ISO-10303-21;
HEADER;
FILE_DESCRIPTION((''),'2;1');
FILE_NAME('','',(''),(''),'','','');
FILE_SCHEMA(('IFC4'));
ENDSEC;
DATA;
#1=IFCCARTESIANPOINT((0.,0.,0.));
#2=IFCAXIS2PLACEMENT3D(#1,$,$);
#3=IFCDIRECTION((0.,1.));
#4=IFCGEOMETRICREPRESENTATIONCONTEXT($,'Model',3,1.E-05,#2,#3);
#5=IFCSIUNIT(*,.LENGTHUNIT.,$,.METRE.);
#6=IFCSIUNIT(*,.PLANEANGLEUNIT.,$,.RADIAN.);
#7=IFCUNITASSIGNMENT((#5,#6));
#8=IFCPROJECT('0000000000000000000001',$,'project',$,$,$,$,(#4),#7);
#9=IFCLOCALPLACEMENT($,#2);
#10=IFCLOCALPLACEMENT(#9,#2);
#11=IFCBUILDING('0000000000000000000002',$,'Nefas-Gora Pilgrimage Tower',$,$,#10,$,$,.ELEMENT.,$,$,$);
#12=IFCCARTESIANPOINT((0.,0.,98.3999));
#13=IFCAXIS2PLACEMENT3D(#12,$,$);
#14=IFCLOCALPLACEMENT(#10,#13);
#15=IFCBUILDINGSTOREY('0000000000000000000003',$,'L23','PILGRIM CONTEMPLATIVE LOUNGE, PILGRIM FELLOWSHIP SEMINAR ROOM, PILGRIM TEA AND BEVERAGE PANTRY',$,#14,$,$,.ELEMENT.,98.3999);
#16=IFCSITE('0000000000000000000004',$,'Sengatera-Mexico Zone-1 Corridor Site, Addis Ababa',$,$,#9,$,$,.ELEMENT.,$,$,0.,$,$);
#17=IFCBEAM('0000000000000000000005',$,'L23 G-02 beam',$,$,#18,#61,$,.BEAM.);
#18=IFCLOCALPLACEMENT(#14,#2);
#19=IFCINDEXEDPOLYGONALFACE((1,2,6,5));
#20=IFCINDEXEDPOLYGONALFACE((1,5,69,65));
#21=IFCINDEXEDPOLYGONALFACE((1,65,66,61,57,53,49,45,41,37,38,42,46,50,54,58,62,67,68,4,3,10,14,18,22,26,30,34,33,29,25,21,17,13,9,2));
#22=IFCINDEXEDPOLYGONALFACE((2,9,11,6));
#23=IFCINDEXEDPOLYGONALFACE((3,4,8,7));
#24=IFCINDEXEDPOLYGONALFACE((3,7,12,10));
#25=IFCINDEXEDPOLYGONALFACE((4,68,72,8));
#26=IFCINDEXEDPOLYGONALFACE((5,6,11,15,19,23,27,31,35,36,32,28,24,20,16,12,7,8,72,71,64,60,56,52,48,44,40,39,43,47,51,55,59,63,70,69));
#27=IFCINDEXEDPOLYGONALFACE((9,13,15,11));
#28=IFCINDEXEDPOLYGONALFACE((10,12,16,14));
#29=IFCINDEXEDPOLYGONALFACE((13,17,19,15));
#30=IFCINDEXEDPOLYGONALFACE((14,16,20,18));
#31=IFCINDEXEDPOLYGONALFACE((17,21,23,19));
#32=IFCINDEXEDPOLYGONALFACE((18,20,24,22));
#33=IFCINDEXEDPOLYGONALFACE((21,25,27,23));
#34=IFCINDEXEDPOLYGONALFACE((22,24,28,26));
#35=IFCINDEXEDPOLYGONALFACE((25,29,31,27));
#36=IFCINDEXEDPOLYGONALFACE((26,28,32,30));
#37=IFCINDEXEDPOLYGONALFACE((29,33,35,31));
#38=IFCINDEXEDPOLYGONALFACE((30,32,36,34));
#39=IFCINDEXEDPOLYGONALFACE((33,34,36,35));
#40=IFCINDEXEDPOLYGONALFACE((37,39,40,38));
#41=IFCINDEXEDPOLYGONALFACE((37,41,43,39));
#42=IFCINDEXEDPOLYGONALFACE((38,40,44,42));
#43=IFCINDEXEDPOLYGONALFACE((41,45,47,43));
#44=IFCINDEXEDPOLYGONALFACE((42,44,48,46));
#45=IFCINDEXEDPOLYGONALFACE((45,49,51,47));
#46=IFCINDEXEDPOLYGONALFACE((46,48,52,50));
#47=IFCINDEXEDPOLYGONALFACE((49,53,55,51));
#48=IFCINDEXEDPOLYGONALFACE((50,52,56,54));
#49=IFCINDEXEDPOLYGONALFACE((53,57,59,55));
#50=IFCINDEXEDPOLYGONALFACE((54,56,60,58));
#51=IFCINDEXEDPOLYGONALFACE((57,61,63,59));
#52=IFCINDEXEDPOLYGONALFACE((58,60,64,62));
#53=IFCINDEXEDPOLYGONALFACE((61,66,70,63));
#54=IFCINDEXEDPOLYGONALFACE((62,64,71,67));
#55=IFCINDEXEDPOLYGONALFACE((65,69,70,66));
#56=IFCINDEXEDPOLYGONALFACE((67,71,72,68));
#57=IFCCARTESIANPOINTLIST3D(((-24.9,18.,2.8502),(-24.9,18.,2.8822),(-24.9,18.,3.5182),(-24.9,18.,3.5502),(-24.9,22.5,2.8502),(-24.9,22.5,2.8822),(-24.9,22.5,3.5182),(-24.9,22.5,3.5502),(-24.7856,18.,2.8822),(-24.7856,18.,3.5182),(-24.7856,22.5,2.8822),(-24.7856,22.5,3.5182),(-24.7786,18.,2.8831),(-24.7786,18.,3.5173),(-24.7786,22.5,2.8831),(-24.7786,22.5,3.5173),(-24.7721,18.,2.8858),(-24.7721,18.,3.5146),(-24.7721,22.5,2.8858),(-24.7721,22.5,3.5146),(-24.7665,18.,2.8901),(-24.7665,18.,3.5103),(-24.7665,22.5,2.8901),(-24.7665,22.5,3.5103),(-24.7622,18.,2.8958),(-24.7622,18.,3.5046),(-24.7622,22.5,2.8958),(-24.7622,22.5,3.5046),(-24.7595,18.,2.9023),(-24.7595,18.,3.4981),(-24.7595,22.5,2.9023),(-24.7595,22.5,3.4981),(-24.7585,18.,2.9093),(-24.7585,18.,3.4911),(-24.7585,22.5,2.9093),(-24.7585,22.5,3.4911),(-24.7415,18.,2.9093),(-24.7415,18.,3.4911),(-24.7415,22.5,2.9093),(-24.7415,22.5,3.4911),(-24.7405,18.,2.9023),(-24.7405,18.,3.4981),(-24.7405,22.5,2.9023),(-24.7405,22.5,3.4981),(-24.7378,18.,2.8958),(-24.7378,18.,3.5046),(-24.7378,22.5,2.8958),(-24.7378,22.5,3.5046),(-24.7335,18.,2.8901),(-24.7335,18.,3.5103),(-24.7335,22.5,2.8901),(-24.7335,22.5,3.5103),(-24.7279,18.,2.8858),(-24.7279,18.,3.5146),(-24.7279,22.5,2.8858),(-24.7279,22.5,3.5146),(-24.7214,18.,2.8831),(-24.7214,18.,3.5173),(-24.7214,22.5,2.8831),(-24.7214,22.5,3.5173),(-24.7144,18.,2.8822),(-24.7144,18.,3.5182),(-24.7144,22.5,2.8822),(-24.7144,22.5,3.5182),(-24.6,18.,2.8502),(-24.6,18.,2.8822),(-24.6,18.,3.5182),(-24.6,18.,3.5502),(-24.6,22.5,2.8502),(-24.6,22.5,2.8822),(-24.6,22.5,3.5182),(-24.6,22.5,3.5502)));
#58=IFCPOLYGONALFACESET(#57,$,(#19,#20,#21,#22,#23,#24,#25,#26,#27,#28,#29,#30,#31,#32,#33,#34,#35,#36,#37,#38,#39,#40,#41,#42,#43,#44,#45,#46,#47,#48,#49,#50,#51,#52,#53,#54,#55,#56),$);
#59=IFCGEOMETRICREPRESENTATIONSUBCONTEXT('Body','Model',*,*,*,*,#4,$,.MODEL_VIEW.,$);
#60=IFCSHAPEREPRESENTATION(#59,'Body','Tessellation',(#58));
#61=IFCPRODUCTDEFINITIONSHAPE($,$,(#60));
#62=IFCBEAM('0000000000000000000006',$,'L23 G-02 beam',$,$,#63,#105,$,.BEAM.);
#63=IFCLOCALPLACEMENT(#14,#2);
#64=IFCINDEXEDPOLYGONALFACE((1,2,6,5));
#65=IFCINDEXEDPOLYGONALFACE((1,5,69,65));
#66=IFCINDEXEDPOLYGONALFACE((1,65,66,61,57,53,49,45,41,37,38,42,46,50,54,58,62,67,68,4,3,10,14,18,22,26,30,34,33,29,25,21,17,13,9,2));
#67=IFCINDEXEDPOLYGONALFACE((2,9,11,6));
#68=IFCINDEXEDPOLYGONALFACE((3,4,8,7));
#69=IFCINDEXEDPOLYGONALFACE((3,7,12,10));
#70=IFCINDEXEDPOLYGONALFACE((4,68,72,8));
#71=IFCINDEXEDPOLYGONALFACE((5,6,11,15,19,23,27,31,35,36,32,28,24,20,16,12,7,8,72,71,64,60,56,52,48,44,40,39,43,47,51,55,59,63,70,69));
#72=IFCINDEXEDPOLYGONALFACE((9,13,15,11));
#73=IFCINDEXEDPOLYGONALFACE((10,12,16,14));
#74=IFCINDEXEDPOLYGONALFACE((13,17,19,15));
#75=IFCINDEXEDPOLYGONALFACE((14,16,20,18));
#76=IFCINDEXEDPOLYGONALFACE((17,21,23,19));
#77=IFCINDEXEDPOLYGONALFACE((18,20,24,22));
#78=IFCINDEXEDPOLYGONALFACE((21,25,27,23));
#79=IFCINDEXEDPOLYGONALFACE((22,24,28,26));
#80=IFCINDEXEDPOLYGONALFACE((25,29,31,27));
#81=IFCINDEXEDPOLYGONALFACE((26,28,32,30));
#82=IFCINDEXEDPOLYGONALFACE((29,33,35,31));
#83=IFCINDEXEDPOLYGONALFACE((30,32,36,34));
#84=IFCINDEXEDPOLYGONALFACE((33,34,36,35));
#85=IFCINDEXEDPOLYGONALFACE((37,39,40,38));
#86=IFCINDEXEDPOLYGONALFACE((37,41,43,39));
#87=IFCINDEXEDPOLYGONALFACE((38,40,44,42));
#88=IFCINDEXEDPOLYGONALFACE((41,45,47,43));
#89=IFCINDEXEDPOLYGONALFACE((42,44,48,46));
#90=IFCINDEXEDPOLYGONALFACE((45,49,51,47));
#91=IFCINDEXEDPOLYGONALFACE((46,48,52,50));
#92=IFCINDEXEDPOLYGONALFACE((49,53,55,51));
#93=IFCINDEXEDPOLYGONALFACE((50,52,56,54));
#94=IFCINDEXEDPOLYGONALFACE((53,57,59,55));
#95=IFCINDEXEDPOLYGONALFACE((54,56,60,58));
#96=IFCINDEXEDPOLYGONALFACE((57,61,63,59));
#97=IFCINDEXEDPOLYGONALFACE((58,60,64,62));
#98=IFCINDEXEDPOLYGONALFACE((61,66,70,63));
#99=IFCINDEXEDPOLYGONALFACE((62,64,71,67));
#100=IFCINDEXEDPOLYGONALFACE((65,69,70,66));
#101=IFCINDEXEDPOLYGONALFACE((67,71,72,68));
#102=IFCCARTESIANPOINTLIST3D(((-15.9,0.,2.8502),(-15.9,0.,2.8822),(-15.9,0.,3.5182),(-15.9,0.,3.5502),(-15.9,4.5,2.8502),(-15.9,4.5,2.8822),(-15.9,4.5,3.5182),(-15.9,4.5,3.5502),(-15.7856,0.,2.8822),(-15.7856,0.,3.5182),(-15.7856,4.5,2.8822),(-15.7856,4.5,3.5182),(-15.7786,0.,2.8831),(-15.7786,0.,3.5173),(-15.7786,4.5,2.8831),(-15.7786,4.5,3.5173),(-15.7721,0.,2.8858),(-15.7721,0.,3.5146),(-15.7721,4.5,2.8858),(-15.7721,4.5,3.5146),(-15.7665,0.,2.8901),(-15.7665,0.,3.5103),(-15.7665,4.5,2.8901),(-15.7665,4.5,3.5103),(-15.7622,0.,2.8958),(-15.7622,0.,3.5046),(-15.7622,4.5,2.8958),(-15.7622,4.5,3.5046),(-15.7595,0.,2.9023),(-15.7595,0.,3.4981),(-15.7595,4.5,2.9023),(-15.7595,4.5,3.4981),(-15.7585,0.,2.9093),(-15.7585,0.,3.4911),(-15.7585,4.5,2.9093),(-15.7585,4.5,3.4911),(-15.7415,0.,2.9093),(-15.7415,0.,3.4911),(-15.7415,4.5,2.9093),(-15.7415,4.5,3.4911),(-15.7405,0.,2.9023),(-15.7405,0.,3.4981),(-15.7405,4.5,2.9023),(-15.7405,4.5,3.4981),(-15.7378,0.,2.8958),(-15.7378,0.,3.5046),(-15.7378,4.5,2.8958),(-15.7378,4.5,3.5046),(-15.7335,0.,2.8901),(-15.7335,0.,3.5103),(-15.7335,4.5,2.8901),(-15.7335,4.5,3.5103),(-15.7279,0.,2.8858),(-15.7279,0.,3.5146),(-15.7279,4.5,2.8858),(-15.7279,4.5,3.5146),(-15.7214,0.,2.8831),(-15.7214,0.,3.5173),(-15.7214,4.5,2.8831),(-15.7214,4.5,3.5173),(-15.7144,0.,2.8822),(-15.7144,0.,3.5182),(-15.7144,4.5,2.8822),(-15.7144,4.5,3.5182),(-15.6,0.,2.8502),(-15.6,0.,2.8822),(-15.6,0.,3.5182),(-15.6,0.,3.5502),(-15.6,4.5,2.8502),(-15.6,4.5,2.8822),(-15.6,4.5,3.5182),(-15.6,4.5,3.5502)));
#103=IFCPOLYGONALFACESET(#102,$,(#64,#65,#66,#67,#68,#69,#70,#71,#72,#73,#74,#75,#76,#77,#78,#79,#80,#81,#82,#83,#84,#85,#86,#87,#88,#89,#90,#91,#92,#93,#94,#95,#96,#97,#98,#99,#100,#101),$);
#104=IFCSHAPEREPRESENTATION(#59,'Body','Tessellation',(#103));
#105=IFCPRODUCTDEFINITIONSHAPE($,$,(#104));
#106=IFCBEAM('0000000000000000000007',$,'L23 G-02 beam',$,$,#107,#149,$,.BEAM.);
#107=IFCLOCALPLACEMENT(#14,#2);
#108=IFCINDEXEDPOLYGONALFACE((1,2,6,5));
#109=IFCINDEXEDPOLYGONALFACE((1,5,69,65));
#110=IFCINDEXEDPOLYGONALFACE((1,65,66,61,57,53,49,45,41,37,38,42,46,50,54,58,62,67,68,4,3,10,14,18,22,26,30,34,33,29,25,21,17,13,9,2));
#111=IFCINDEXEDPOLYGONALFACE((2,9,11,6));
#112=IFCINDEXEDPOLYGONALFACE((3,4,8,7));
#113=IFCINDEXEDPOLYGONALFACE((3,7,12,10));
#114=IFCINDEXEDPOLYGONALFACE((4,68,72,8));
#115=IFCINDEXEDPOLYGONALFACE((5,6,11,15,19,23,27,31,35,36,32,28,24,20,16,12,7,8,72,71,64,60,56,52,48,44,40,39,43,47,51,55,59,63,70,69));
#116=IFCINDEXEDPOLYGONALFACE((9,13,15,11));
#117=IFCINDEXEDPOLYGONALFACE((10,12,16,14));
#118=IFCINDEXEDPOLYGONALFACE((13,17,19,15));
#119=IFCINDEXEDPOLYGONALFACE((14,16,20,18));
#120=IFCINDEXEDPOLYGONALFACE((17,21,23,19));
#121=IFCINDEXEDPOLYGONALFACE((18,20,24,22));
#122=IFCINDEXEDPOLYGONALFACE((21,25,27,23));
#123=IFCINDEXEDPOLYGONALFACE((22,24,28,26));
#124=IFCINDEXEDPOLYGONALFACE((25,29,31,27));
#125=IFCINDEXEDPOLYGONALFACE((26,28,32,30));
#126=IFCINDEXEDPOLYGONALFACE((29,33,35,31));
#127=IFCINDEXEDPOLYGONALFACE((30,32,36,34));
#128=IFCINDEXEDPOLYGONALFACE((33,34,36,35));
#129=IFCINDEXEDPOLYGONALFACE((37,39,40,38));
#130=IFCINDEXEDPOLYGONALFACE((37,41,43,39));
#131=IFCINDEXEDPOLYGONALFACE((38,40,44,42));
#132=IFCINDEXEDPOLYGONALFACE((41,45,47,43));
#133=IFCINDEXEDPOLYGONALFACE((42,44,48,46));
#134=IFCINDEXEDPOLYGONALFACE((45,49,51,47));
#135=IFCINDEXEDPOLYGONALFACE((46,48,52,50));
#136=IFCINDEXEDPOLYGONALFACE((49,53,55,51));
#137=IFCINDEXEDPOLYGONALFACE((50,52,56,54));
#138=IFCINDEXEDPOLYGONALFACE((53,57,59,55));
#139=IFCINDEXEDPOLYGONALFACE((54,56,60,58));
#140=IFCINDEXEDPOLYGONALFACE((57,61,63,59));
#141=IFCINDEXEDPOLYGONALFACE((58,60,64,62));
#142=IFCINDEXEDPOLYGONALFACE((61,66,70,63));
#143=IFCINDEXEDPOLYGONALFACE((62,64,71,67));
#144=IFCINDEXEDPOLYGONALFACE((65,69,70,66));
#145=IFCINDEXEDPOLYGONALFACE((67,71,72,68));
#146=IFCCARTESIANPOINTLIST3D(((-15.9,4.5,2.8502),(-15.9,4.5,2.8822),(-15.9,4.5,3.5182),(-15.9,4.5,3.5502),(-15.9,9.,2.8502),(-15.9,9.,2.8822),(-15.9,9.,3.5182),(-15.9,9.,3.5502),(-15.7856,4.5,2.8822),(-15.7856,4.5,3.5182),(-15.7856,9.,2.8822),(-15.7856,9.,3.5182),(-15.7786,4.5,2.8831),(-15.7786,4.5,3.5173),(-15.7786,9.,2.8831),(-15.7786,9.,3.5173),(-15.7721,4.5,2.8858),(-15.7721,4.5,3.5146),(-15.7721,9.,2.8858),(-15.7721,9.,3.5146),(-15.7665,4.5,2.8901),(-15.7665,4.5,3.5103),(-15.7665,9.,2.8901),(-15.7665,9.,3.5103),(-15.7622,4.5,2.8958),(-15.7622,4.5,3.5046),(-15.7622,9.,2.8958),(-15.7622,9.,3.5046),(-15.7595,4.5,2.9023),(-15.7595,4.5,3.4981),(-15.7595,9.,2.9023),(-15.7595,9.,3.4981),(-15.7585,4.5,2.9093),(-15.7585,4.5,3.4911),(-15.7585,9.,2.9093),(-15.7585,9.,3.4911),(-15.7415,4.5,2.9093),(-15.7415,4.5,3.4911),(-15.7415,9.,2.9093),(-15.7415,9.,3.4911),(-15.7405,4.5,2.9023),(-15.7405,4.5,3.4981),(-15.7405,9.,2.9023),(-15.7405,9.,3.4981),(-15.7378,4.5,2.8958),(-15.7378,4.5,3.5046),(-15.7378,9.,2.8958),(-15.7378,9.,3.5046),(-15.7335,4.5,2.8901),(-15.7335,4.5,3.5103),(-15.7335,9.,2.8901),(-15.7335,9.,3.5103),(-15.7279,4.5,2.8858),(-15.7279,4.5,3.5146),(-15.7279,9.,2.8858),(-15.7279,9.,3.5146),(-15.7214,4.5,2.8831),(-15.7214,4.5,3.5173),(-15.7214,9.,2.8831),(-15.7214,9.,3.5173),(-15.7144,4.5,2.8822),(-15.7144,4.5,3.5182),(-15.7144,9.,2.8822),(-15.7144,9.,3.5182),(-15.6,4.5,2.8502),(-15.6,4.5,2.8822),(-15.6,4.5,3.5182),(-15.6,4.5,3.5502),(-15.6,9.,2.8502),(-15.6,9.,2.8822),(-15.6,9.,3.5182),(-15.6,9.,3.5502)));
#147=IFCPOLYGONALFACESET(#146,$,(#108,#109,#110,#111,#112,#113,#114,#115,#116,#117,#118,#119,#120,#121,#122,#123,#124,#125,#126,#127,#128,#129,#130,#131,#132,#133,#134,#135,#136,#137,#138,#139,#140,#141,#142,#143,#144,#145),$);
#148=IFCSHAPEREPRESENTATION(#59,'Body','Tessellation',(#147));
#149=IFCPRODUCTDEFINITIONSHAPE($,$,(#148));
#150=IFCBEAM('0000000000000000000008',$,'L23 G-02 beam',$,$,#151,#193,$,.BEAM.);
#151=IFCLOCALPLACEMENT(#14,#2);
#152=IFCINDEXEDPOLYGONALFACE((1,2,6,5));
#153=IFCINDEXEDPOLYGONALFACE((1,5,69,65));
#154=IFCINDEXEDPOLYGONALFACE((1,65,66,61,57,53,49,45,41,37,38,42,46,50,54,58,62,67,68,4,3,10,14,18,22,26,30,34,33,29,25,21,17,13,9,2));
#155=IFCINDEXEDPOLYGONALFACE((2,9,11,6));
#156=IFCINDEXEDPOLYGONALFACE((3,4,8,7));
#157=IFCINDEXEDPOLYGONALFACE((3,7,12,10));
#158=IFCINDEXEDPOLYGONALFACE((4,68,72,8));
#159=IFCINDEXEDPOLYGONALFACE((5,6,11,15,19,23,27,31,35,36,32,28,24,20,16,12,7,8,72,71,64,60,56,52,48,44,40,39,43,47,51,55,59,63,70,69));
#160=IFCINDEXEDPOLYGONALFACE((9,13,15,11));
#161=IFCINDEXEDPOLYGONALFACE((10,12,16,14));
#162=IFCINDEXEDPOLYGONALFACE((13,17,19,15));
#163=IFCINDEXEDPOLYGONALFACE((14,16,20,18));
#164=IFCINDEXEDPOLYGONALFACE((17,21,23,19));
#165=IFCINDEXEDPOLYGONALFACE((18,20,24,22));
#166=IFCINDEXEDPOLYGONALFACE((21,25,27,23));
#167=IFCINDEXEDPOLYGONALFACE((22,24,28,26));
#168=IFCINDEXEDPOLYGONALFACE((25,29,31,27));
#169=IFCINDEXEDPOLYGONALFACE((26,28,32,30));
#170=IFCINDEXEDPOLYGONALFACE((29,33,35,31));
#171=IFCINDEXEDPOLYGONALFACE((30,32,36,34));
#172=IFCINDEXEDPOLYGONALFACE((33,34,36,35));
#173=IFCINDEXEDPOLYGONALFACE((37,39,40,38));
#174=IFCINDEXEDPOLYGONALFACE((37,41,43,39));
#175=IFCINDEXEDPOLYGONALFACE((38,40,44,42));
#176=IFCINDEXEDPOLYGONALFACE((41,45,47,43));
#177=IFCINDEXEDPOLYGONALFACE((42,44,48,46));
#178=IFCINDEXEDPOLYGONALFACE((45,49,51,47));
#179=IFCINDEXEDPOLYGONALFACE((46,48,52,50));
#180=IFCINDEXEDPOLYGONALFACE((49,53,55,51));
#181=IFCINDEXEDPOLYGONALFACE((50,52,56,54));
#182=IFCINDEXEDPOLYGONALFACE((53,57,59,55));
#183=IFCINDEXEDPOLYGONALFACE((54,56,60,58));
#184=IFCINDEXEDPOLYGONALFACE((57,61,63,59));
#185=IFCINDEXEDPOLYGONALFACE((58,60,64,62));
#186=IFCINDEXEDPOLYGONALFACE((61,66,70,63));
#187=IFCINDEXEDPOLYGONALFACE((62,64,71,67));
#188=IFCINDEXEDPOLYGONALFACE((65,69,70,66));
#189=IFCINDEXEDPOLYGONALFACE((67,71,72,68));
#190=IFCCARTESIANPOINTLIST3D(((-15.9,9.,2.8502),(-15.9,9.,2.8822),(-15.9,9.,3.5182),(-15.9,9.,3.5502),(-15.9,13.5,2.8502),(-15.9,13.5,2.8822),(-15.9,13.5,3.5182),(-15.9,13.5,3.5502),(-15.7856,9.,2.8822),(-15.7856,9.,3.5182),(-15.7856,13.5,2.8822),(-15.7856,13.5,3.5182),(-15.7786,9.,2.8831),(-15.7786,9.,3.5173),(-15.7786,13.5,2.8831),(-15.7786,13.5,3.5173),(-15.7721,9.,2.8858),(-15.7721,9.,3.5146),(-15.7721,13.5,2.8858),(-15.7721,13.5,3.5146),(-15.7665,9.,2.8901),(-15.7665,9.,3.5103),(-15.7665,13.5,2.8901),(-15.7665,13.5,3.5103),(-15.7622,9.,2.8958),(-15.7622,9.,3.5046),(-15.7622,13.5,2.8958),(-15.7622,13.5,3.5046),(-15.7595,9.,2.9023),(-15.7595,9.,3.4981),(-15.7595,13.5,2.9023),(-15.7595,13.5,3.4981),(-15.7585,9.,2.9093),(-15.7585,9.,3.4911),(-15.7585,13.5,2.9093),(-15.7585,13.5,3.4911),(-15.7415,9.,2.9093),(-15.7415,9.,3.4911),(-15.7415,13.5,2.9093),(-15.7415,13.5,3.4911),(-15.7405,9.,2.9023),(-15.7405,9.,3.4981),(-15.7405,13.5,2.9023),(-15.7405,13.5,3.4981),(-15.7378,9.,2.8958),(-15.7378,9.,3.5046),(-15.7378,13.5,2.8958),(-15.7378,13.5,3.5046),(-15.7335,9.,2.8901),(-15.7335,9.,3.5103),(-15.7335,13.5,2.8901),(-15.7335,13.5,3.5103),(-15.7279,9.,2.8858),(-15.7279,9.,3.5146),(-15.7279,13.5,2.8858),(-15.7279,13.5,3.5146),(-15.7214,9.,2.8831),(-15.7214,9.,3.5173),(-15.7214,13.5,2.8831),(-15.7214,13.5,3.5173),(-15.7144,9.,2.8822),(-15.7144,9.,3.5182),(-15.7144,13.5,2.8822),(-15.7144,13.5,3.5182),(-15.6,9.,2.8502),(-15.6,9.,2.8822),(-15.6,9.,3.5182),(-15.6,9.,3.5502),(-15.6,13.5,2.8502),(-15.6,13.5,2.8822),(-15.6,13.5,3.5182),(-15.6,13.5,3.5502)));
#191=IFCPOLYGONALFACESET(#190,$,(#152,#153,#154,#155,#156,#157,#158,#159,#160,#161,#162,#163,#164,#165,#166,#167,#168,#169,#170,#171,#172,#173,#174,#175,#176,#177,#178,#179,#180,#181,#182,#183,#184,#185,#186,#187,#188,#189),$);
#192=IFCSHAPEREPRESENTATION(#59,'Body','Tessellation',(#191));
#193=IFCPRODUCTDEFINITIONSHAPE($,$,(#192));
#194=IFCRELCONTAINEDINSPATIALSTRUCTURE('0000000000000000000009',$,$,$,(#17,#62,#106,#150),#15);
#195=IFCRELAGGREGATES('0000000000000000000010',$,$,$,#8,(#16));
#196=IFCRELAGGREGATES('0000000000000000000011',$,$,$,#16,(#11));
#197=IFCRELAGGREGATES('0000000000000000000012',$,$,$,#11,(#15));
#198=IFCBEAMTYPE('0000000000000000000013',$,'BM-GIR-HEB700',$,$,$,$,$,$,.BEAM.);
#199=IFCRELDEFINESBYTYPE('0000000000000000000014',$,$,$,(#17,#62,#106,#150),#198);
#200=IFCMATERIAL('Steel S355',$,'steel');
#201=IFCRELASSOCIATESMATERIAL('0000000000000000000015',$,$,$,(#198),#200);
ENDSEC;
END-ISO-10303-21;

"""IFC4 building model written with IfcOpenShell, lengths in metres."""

from ifc_helpers import new_model, si_unit, direction, frame, origin, origin_2d, place, context, subcontext, project, spatial, i_section, extrude, source, transform, mapped, material, material_profile, profile_set, type_object, element, save


model = new_model("IFC4")

# Units and contexts
model_context = context("Model", 3, precision=1e-05, world=origin(), true_north=direction((0.0, 1.0)))
body_context = subcontext(model_context, "Body", "Model", "MODEL_VIEW")
ifc_project = project(units=[si_unit("LENGTHUNIT", "METRE"), si_unit("PLANEANGLEUNIT", "RADIAN")], contexts=[model_context])

# Site, building, storey
site_placement = place(None, origin())
site = spatial("IfcSite", under=ifc_project, at=site_placement, Name="Sengatera-Mexico Zone-1 Corridor Site, Addis Ababa", CompositionType="ELEMENT", RefElevation=0.0)
building_placement = place(site_placement, origin())
building = spatial("IfcBuilding", under=site, at=building_placement, Name="Nefas-Gora Pilgrimage Tower", CompositionType="ELEMENT")
storey_placement = place(building_placement, frame((0.0, 0.0, 98.3999)))
storey = spatial("IfcBuildingStorey", under=building, at=storey_placement, Name="L23", Description="PILGRIM CONTEMPLATIVE LOUNGE, PILGRIM FELLOWSHIP SEMINAR ROOM, PILGRIM TEA AND BEVERAGE PANTRY", CompositionType="ELEMENT", Elevation=98.3999)

# Beams
ifc_material_1 = material(Name="Steel S355", Category="steel")
ifc_material_profile_1 = material_profile(ifc_material_1, i_section(OverallWidth=0.3, OverallDepth=0.7, WebThickness=0.0171, FlangeThickness=0.032, FilletRadius=0.0271, at=origin_2d()), Name="HEB 700")
ifc_profile_set_1 = profile_set([ifc_material_profile_1], Name="Steel S355")
beam_type_1 = type_object("IfcBeamType", Name="BM-GIR-HEB700", PredefinedType="BEAM", material=ifc_profile_set_1)
shared_shape_1 = source(origin(), body_context, "Body", "SweptSolid", [
    extrude(i_section(OverallWidth=0.3, OverallDepth=0.7, WebThickness=0.0171, FlangeThickness=0.032, FilletRadius=0.0271, at=origin_2d()), origin(), (0.0, 0.0, 1.0), 4.5),
])
for number, where, z_axis, x_axis, name in (
    (1, (-24.75, 18.0, 3.2002), (0.0, 1.0, 0.0), (-1.0, 0.0, 0.0), "L23 G-02 beam"),
    (2, (-15.75, 0.0, 3.2002), (0.0, 1.0, 0.0), (-1.0, 0.0, 0.0), "L23 G-02 beam"),
    (3, (-15.75, 4.5, 3.2002), (0.0, 1.0, 0.0), (-1.0, 0.0, 0.0), "L23 G-02 beam"),
    (4, (-15.75, 9.0, 3.2002), (0.0, 1.0, 0.0), (-1.0, 0.0, 0.0), "L23 G-02 beam"),
):
    element("IfcBeam", number, at=place(storey_placement, frame(where, z_axis=z_axis, x_axis=x_axis)), inside=storey, type_object=beam_type_1, Name=name, PredefinedType="BEAM", context=body_context, shape_type="MappedRepresentation", body=[
        mapped(shared_shape_1, transform((0.0, 0.0, 0.0), x_axis=(1.0, 0.0, 0.0), y_axis=(0.0, 1.0, 0.0), z_axis=(0.0, 0.0, 1.0), scale=1.0)),
    ])

save(model, "model.ifc")
